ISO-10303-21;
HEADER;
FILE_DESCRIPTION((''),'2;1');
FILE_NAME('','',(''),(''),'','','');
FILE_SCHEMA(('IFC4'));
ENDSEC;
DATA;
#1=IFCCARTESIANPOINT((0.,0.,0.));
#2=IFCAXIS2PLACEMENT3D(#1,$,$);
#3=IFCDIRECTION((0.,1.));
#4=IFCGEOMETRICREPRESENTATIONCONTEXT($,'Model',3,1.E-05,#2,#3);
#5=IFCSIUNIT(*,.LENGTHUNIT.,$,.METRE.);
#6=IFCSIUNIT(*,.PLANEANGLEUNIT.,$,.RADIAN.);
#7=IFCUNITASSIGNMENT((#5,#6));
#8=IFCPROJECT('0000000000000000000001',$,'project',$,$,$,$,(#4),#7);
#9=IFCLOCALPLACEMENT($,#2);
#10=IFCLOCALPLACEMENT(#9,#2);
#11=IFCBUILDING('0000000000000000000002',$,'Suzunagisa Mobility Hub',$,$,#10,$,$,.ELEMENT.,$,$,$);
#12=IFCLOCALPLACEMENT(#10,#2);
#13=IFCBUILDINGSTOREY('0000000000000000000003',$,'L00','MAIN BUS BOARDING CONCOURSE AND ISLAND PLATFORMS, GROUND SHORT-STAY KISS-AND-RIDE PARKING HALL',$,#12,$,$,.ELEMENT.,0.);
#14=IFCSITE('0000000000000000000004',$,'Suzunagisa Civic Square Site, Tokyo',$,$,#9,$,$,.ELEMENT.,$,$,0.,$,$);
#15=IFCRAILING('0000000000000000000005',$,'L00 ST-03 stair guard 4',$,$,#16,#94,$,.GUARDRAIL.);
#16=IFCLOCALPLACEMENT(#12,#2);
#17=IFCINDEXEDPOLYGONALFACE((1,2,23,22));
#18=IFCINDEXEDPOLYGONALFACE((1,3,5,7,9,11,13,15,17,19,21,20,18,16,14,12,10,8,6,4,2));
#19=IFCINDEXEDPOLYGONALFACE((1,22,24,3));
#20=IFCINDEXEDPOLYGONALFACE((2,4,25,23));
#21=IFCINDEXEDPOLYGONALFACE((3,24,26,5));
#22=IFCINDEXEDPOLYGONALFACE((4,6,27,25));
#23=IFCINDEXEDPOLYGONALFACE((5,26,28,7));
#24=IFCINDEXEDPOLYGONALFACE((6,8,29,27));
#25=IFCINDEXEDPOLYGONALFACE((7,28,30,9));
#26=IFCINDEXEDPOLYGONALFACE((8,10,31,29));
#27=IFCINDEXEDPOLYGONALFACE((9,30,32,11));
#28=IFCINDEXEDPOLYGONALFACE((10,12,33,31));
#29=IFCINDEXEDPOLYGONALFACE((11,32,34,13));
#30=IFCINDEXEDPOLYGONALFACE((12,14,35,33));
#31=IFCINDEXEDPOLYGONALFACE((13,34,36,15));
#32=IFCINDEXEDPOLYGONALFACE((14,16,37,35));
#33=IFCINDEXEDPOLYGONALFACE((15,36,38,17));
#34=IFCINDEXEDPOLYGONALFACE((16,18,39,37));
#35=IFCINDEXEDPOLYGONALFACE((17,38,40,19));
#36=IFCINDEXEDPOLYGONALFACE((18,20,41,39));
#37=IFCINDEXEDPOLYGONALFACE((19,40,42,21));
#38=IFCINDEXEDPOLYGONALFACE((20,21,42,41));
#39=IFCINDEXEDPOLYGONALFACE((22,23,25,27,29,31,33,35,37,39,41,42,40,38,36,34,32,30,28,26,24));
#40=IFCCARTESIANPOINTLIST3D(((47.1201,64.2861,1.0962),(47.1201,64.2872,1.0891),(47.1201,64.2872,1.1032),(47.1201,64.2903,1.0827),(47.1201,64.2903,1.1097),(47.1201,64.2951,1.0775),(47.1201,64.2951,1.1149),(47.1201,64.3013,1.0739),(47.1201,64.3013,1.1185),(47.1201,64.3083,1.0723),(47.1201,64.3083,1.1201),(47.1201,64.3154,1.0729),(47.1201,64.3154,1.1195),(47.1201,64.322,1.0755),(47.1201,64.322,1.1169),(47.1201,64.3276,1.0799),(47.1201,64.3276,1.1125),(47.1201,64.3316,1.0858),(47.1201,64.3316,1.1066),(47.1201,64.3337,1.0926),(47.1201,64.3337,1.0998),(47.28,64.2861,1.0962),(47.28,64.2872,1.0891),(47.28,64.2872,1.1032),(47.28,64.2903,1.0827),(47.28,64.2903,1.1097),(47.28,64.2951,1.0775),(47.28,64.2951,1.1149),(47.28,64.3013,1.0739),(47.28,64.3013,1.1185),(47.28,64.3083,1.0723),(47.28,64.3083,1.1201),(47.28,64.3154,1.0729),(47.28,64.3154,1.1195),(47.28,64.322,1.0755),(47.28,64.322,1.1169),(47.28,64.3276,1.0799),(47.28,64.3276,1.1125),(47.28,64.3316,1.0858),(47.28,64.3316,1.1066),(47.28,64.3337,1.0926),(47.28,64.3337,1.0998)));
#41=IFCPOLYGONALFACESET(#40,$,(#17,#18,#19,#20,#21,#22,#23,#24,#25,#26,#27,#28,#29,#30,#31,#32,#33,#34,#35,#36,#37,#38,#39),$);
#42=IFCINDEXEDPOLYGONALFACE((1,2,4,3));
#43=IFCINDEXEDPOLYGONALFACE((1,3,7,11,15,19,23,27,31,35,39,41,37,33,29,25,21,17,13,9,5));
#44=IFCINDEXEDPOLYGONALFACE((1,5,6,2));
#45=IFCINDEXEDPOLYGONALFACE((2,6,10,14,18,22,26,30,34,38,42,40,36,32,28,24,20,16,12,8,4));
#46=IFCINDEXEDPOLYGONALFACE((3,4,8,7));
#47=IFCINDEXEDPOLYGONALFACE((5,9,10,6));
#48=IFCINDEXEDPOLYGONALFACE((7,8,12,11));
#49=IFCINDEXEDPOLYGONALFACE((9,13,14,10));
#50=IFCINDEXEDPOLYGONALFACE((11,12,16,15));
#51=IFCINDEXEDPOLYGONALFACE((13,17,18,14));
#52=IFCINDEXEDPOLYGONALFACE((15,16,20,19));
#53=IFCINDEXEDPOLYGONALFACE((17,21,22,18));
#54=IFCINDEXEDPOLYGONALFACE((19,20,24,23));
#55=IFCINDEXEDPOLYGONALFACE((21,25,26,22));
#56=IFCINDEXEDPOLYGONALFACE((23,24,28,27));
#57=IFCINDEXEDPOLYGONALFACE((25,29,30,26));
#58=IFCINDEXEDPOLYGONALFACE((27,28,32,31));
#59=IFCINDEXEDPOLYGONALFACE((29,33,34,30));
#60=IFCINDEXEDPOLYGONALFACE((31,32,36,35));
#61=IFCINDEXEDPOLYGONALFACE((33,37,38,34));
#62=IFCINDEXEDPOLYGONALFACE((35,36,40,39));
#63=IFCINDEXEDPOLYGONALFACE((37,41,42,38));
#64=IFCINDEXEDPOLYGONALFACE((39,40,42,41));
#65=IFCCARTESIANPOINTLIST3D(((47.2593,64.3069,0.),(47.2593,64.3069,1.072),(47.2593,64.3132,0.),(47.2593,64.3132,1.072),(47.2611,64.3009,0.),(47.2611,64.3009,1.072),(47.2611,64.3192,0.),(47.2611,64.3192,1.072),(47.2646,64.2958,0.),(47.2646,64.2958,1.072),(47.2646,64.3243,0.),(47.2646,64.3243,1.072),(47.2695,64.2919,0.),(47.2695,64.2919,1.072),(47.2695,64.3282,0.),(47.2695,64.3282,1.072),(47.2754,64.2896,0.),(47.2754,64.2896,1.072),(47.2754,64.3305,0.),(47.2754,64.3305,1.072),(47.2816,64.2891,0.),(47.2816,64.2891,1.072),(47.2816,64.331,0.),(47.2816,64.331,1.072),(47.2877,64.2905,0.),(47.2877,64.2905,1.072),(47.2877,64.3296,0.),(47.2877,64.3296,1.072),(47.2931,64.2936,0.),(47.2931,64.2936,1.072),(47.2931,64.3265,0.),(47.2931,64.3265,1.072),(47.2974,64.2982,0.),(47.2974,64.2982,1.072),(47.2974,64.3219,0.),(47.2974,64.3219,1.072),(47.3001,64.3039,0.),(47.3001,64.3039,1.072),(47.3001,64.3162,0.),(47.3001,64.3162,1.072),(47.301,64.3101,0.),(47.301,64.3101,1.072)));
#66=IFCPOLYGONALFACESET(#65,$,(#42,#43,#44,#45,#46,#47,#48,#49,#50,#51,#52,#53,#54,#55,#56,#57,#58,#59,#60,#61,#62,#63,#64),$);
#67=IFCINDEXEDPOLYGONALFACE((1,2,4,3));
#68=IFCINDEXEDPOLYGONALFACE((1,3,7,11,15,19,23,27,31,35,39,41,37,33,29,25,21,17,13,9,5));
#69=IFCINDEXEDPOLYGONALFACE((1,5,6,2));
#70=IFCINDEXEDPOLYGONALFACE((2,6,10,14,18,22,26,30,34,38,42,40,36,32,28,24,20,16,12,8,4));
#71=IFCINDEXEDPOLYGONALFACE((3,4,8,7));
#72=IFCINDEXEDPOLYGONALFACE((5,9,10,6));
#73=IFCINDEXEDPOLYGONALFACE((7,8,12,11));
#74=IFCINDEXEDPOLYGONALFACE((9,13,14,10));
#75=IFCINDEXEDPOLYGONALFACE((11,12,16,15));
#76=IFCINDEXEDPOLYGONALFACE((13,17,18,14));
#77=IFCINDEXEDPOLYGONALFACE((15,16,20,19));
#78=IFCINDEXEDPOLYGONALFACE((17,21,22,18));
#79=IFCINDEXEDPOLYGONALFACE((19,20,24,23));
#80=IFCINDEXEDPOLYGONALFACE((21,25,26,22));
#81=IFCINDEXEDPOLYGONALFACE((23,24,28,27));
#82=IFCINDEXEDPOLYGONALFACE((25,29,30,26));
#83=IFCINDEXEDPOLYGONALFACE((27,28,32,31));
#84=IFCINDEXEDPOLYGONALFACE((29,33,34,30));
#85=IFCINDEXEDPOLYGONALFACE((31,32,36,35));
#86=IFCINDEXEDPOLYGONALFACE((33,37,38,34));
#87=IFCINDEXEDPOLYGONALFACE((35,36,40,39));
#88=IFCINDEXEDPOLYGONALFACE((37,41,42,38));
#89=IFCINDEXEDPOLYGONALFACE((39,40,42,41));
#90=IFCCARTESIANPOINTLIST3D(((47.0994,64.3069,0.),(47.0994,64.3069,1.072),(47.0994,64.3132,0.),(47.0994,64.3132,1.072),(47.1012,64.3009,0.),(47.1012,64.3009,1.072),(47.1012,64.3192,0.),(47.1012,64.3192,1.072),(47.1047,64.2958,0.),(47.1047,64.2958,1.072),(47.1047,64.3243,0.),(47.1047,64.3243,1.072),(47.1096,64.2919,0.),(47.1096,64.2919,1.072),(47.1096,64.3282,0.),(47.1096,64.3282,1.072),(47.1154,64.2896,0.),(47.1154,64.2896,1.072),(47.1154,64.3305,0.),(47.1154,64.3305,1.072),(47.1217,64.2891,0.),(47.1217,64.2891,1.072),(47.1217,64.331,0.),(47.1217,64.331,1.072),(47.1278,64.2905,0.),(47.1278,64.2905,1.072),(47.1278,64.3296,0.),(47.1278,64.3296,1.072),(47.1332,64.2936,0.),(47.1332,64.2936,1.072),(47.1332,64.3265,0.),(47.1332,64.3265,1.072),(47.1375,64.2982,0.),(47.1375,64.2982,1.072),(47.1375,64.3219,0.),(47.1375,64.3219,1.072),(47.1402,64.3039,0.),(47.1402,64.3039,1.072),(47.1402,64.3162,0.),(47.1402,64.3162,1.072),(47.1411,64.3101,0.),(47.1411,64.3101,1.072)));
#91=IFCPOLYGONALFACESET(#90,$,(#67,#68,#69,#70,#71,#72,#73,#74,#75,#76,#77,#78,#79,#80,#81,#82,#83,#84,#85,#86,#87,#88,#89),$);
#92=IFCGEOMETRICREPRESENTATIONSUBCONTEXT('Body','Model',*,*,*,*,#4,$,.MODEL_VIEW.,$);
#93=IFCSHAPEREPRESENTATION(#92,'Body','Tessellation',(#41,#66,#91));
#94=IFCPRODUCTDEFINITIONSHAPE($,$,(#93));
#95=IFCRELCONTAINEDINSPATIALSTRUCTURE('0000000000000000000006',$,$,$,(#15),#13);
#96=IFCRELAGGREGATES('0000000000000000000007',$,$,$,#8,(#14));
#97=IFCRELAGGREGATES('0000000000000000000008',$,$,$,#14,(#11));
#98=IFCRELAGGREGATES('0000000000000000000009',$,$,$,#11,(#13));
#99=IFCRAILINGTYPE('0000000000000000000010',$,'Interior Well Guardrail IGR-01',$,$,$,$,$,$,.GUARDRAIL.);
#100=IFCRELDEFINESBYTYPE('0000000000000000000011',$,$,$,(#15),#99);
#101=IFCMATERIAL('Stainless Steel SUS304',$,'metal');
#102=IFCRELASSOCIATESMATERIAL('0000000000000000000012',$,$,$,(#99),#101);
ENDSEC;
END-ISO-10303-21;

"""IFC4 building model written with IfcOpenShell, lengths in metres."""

from ifc_helpers import new_model, si_unit, direction, frame, origin, origin_2d, place, context, subcontext, project, spatial, circle, extrude, material, type_object, element, save


model = new_model("IFC4")

# Units and contexts
model_context = context("Model", 3, precision=1e-05, world=origin(), true_north=direction((0.0, 1.0)))
body_context = subcontext(model_context, "Body", "Model", "MODEL_VIEW")
ifc_project = project(units=[si_unit("LENGTHUNIT", "METRE"), si_unit("PLANEANGLEUNIT", "RADIAN")], contexts=[model_context])

# Site, building, storey
site_placement = place(None, origin())
site = spatial("IfcSite", under=ifc_project, at=site_placement, Name="Suzunagisa Civic Square Site, Tokyo", CompositionType="ELEMENT", RefElevation=0.0)
building_placement = place(site_placement, origin())
building = spatial("IfcBuilding", under=site, at=building_placement, Name="Suzunagisa Mobility Hub", CompositionType="ELEMENT")
storey_placement = place(building_placement, origin())
storey = spatial("IfcBuildingStorey", under=building, at=storey_placement, Name="L00", Description="MAIN BUS BOARDING CONCOURSE AND ISLAND PLATFORMS, GROUND SHORT-STAY KISS-AND-RIDE PARKING HALL", CompositionType="ELEMENT", Elevation=0.0)

# Railing
ifc_material_1 = material(Name="Stainless Steel SUS304", Category="metal")
railing_type_1 = type_object("IfcRailingType", Name="Interior Well Guardrail IGR-01", PredefinedType="GUARDRAIL", material=ifc_material_1)
railing_1_placement = place(storey_placement, frame((47.28, 64.3101, 0.0)))
element("IfcRailing", 1, at=railing_1_placement, inside=storey, type_object=railing_type_1, Name="L00 ST-03 stair guard 4", PredefinedType="GUARDRAIL", context=body_context, shape_type="SweptSolid", body=[
    extrude(circle(Radius=0.0239, at=origin_2d()), frame((0.0, 0.0, 1.0962), z_axis=(-1.0, 0.0, 0.0), x_axis=(0.0, -1.0, 0.0)), (0.0, 0.0, 1.0), 0.1599),
    extrude(circle(Radius=0.021, at=origin_2d()), origin(), (0.0, 0.0, 1.0), 1.072),
    extrude(circle(Radius=0.021, at=origin_2d()), frame((-0.1599, 0.0, 0.0)), (0.0, 0.0, 1.0), 1.072),
])

save(model, "model.ifc")
